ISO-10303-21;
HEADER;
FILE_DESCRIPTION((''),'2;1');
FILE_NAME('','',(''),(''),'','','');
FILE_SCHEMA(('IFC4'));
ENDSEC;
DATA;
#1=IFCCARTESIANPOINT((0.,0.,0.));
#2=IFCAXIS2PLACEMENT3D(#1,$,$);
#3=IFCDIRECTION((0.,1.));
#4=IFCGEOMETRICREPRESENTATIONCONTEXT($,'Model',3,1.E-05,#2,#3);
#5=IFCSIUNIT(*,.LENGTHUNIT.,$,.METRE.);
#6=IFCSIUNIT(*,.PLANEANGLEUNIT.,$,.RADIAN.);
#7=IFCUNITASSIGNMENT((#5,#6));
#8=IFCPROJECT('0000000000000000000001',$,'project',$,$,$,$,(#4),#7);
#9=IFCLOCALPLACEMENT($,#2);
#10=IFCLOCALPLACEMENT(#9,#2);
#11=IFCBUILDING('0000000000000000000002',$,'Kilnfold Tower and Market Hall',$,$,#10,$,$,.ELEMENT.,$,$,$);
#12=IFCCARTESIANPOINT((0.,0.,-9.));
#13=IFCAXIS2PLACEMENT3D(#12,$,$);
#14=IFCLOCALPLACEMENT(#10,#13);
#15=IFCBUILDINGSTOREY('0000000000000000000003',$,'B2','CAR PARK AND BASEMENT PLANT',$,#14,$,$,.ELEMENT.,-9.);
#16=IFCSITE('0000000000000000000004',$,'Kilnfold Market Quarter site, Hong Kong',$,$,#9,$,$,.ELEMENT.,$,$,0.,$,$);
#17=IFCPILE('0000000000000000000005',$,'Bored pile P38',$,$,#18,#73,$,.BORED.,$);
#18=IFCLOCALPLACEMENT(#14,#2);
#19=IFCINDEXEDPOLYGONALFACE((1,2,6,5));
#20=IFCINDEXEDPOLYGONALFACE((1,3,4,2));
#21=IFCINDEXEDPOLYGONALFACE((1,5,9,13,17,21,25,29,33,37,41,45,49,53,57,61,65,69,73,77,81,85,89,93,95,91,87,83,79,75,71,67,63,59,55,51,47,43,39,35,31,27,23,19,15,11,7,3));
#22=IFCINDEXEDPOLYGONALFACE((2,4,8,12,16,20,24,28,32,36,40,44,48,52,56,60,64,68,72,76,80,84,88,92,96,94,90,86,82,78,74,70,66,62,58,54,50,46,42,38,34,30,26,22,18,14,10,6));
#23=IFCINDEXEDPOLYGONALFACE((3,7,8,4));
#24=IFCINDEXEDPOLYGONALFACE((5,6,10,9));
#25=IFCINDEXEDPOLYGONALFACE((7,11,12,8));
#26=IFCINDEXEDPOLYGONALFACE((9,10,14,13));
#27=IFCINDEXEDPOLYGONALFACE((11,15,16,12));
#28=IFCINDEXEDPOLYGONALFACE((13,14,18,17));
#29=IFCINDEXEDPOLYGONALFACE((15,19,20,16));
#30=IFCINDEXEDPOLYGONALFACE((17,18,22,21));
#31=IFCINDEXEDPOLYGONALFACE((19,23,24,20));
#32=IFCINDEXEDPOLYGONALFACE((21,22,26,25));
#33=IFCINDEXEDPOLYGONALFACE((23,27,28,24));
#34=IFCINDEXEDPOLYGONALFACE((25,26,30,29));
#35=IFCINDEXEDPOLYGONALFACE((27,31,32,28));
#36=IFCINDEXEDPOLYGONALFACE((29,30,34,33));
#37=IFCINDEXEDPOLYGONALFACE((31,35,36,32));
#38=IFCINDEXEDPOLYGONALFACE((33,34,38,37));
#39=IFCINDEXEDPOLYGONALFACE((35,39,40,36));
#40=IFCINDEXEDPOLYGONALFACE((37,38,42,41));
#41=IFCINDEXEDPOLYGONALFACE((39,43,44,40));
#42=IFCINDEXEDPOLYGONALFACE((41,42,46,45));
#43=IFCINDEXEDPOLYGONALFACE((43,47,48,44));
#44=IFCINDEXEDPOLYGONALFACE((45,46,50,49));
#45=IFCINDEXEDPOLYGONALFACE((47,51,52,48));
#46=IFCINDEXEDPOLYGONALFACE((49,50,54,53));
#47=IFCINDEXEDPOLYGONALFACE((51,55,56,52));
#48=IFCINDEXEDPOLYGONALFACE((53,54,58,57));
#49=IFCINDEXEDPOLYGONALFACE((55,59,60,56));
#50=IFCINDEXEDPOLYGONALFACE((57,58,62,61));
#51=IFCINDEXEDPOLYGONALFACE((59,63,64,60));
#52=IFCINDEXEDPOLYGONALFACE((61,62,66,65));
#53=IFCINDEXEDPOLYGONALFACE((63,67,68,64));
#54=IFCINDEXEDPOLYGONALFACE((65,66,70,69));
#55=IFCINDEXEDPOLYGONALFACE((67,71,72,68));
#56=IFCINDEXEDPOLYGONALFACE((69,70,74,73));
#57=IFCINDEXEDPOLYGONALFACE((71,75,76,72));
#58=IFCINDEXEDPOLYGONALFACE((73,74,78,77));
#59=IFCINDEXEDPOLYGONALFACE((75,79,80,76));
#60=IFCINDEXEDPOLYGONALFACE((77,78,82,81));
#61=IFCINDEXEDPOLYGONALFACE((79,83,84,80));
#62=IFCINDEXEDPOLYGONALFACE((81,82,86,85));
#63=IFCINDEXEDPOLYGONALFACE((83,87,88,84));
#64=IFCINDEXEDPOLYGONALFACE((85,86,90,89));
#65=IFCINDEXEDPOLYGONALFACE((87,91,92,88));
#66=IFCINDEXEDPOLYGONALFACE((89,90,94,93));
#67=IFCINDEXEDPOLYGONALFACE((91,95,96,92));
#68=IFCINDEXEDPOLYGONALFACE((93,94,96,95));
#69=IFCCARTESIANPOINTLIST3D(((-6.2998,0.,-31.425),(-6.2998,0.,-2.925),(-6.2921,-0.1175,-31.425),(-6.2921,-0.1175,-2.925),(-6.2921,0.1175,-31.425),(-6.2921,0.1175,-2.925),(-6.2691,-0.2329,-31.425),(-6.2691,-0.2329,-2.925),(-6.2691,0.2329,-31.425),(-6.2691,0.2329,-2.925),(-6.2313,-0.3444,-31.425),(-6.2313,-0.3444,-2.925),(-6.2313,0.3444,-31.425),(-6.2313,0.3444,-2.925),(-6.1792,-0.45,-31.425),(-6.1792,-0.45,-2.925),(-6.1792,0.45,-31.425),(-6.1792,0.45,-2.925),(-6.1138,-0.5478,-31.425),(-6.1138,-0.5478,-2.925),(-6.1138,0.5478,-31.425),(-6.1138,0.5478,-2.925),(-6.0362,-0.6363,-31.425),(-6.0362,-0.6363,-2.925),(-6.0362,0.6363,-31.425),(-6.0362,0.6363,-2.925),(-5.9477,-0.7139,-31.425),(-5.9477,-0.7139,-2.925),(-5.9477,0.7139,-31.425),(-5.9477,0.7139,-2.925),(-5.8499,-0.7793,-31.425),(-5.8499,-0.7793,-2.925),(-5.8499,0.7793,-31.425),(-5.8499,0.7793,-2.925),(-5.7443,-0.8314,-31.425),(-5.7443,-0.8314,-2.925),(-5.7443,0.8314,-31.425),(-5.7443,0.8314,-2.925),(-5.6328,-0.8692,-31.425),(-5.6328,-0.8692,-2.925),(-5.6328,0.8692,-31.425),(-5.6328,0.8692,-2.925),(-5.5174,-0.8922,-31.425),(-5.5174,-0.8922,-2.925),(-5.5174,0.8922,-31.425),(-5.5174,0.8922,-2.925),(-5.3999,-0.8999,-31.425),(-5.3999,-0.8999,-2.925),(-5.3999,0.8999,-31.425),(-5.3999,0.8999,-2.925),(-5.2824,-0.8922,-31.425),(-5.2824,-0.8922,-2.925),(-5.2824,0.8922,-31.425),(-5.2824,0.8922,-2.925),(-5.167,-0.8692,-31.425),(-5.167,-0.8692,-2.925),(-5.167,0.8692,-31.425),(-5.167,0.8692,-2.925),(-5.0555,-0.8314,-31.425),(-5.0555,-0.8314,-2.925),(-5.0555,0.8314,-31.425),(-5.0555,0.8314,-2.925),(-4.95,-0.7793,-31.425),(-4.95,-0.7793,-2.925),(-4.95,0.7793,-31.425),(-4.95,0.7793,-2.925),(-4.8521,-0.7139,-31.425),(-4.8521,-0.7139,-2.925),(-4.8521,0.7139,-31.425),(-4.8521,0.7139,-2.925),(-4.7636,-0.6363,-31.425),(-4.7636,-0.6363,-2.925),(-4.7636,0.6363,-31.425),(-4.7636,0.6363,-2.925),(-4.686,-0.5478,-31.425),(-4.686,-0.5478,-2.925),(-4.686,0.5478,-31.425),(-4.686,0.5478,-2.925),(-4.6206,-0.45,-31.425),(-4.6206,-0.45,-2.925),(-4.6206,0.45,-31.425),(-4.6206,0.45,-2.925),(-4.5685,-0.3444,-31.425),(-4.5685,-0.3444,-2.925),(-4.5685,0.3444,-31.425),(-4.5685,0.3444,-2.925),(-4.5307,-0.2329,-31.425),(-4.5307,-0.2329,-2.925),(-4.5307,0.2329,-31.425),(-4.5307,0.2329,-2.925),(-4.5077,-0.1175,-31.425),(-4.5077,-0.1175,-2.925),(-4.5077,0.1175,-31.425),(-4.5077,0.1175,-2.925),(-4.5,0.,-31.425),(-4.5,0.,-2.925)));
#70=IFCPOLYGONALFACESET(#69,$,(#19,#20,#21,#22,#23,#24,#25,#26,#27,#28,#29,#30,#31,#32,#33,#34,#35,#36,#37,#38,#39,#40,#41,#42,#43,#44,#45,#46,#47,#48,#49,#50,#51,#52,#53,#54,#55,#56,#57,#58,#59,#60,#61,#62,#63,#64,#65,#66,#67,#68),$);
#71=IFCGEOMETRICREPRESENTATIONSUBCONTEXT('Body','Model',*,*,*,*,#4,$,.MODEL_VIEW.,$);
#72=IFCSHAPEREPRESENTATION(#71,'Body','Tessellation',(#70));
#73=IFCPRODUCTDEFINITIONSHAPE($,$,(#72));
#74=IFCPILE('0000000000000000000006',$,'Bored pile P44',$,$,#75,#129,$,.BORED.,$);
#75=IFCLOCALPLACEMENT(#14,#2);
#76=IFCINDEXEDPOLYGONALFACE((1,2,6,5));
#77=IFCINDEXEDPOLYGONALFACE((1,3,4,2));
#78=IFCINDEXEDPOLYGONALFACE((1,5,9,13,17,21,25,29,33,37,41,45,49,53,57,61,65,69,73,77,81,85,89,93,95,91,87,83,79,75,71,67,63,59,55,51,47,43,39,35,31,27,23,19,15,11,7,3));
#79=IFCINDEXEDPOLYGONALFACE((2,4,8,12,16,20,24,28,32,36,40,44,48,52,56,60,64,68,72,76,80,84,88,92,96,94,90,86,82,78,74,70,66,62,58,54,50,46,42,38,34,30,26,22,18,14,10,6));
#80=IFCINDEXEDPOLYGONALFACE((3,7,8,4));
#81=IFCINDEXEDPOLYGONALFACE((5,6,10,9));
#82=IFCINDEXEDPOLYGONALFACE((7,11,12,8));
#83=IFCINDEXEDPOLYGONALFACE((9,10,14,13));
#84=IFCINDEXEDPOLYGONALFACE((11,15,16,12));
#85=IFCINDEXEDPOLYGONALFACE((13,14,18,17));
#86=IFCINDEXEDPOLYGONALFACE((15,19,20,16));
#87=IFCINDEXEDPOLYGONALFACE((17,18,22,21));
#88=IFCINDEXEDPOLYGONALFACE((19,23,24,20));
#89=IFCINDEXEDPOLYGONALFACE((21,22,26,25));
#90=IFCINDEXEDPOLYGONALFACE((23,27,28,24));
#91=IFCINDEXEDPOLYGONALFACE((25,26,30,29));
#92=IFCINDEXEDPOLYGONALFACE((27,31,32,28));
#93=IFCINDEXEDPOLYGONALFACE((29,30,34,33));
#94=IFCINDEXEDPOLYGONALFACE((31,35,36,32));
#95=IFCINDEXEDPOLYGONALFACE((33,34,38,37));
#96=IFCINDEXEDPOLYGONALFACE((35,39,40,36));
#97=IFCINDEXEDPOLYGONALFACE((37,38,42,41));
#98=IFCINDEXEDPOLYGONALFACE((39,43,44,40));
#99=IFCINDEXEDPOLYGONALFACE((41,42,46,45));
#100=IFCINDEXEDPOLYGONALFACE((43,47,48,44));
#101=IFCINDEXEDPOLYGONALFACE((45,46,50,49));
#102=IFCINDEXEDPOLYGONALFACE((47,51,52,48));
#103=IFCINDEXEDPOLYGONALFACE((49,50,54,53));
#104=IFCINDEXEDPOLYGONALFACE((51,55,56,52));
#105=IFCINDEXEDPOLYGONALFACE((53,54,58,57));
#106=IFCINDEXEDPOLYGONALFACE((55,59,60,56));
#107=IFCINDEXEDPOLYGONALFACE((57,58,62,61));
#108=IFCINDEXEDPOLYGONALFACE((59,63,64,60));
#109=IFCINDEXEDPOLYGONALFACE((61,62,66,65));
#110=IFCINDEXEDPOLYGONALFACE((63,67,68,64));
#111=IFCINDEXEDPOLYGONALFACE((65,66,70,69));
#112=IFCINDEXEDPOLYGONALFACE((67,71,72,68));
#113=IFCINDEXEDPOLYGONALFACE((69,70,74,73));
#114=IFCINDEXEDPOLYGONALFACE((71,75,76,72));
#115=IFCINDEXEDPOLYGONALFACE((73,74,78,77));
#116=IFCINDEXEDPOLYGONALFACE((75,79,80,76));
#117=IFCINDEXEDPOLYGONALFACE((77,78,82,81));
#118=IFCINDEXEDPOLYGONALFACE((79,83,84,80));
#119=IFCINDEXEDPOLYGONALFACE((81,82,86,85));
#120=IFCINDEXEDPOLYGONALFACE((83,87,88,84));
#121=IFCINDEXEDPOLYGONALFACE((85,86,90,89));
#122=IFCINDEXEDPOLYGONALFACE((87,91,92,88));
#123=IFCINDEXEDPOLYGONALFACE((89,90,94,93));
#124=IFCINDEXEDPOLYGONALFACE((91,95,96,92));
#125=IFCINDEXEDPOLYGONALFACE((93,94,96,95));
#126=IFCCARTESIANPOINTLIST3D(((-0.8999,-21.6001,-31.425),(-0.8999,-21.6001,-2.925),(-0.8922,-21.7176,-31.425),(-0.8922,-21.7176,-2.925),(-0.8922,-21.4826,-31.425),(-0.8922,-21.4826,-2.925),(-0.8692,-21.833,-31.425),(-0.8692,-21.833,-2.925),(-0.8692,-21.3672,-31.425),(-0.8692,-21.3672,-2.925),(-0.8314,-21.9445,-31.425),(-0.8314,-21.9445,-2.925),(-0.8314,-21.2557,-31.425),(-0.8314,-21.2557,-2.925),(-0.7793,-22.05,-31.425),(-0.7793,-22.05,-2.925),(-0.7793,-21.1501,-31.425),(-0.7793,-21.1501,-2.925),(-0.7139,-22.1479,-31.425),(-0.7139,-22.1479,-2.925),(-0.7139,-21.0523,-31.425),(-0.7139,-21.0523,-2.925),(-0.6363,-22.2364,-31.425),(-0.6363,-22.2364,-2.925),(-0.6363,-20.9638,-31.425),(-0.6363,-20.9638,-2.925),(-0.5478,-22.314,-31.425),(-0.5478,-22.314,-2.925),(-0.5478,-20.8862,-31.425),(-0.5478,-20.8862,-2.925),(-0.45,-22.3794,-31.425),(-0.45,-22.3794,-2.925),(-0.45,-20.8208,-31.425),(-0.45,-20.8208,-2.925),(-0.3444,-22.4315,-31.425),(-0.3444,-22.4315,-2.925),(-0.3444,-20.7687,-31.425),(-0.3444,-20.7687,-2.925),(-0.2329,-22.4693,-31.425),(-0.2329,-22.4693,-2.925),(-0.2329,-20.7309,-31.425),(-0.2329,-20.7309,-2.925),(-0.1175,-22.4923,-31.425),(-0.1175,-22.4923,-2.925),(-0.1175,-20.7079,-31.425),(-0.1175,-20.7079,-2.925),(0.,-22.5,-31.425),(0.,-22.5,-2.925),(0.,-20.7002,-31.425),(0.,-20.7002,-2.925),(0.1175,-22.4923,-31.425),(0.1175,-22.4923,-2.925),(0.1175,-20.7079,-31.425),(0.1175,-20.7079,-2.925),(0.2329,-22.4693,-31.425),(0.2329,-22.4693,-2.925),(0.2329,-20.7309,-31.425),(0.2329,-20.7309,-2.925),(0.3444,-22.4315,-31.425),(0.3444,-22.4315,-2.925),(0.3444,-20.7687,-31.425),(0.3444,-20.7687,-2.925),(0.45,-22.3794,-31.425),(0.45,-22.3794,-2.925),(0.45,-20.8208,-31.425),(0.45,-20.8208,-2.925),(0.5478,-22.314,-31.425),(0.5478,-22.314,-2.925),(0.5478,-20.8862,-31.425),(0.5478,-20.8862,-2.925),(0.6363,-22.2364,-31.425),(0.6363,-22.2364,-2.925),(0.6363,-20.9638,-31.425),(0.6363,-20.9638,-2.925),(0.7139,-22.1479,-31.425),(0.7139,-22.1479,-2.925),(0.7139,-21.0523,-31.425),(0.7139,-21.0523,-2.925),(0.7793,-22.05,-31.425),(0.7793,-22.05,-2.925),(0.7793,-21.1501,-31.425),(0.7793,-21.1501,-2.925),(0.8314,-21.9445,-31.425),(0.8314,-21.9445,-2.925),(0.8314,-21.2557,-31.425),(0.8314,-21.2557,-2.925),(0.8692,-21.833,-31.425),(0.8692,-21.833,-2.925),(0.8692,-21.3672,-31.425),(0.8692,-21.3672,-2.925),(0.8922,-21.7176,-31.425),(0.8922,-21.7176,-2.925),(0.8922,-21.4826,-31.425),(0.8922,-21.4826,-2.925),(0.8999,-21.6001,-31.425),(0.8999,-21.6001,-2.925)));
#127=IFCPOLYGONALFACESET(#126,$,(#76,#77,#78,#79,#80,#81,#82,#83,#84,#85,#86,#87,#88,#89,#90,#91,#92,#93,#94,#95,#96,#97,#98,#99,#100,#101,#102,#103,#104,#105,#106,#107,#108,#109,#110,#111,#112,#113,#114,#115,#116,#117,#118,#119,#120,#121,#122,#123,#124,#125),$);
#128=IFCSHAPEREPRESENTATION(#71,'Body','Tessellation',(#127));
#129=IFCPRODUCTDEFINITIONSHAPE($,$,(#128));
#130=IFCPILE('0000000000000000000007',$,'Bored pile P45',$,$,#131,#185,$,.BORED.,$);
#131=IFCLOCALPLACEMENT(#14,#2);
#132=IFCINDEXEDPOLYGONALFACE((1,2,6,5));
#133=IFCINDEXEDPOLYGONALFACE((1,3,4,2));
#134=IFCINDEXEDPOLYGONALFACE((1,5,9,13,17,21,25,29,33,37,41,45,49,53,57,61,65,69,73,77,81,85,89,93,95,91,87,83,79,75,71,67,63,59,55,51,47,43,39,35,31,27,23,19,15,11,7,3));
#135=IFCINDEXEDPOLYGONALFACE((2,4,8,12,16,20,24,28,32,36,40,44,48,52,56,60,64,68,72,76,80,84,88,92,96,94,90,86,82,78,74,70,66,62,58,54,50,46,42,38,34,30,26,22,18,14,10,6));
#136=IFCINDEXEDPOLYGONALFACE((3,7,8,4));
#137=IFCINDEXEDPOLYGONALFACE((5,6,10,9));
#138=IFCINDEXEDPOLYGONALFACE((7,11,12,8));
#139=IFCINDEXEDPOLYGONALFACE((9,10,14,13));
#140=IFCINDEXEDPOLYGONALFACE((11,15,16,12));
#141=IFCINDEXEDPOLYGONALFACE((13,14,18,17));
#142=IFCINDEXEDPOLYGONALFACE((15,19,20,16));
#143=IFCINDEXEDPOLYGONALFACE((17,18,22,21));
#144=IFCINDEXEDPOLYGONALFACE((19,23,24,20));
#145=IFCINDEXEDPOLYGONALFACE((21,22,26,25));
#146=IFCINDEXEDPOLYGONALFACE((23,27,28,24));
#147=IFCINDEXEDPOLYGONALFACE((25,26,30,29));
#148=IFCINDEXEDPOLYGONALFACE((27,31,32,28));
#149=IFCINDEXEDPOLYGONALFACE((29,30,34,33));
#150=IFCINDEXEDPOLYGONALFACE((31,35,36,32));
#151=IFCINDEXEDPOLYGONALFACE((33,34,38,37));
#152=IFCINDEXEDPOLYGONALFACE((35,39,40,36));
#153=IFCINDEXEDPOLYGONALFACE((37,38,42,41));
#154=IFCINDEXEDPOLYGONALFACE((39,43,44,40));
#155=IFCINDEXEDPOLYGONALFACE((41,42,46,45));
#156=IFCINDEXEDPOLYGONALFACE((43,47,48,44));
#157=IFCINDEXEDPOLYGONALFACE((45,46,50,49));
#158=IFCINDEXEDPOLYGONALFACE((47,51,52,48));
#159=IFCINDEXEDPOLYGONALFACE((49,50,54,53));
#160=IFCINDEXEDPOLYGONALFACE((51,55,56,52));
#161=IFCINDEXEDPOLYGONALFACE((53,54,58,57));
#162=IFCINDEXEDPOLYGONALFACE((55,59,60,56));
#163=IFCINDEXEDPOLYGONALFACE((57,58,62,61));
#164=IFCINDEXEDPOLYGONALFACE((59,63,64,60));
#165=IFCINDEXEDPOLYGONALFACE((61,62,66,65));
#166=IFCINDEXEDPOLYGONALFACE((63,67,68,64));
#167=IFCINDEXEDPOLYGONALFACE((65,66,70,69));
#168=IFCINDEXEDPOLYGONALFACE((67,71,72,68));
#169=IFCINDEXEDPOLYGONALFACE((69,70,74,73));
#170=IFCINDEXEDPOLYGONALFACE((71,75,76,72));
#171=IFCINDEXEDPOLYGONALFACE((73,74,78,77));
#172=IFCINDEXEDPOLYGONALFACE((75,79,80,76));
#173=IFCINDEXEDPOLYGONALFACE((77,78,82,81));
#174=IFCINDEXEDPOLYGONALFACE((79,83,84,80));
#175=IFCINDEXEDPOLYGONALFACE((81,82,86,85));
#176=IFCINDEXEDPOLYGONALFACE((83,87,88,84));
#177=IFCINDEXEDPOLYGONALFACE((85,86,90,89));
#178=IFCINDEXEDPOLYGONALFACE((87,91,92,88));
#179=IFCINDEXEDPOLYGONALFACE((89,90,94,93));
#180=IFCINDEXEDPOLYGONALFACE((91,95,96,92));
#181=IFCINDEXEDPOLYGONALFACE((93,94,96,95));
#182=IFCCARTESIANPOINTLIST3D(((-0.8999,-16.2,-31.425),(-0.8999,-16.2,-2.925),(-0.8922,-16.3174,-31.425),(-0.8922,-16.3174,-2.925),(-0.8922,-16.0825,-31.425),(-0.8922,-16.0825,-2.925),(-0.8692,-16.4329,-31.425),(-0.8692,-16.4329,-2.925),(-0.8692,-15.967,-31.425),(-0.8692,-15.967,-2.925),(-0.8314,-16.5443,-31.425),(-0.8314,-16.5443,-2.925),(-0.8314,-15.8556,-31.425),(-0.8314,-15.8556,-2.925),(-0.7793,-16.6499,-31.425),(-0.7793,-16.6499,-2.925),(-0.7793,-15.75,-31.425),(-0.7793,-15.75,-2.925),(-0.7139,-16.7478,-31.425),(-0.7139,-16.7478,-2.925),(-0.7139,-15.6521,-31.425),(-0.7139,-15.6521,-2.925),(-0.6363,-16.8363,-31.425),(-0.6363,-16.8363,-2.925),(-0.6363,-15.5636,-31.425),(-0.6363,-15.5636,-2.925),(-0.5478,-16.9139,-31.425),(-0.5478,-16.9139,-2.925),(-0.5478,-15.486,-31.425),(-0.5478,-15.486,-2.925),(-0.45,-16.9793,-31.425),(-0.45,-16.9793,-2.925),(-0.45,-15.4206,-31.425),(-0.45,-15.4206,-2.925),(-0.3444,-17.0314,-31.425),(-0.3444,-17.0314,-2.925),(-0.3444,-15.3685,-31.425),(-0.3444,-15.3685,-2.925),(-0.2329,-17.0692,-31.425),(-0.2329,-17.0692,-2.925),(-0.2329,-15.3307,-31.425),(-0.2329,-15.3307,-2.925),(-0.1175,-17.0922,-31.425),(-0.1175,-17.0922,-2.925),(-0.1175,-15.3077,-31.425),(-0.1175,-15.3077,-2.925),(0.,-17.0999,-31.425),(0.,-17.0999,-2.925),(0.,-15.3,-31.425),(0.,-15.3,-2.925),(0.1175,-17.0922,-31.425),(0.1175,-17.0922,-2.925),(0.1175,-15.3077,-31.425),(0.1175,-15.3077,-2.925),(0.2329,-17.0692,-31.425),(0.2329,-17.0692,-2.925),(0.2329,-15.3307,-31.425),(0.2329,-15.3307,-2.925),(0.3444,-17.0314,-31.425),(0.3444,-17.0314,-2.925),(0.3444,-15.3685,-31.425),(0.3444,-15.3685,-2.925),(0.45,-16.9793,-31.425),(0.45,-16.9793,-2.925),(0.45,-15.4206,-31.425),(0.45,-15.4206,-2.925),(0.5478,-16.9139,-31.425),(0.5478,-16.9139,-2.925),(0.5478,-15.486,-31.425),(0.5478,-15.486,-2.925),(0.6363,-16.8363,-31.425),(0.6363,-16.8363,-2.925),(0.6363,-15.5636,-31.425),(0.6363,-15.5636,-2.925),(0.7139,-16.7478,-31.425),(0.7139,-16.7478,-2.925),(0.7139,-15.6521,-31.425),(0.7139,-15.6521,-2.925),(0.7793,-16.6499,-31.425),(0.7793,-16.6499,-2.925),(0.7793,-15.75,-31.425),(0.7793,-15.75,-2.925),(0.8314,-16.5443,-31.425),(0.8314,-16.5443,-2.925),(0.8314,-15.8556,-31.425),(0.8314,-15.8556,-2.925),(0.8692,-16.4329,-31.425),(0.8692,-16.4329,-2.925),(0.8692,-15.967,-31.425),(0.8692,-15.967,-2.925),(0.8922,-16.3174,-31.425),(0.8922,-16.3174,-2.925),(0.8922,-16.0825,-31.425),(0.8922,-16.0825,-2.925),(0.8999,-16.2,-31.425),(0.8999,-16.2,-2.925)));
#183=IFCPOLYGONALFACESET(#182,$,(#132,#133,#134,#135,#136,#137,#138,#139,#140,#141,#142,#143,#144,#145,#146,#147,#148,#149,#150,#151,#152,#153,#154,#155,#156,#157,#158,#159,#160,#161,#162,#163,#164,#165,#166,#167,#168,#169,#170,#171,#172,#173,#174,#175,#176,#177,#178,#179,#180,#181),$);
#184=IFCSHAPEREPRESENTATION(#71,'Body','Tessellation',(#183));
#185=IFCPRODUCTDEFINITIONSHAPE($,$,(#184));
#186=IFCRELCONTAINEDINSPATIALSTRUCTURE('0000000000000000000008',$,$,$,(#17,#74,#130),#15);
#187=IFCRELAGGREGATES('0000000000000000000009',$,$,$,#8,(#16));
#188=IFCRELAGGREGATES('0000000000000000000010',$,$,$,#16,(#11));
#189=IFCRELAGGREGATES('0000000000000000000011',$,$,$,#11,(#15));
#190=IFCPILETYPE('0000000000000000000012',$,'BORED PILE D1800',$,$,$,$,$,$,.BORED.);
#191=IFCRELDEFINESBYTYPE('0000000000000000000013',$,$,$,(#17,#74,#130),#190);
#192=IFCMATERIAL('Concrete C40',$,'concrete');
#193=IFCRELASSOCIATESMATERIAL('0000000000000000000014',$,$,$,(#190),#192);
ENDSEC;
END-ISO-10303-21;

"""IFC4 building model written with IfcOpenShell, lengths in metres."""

from ifc_helpers import new_model, si_unit, direction, frame, origin, origin_2d, place, context, subcontext, project, spatial, circle, extrude, source, transform, mapped, material, material_profile, profile_set, type_object, element, save


model = new_model("IFC4")

# Units and contexts
model_context = context("Model", 3, precision=1e-05, world=origin(), true_north=direction((0.0, 1.0)))
body_context = subcontext(model_context, "Body", "Model", "MODEL_VIEW")
ifc_project = project(units=[si_unit("LENGTHUNIT", "METRE"), si_unit("PLANEANGLEUNIT", "RADIAN")], contexts=[model_context])

# Site, building, storey
site_placement = place(None, origin())
site = spatial("IfcSite", under=ifc_project, at=site_placement, Name="Kilnfold Market Quarter site, Hong Kong", CompositionType="ELEMENT", RefElevation=0.0)
building_placement = place(site_placement, origin())
building = spatial("IfcBuilding", under=site, at=building_placement, Name="Kilnfold Tower and Market Hall", CompositionType="ELEMENT")
storey_placement = place(building_placement, frame((0.0, 0.0, -9.0)))
storey = spatial("IfcBuildingStorey", under=building, at=storey_placement, Name="B2", Description="CAR PARK AND BASEMENT PLANT", CompositionType="ELEMENT", Elevation=-9.0)

# Piles
ifc_material_1 = material(Name="Concrete C40", Category="concrete")
ifc_material_profile_1 = material_profile(ifc_material_1, circle(Radius=0.8999, at=origin_2d()), Name="RC D1800")
ifc_profile_set_1 = profile_set([ifc_material_profile_1], Name="Concrete C40")
pile_type = type_object("IfcPileType", Name="BORED PILE D1800", PredefinedType="BORED", material=ifc_profile_set_1)
shared_shape_1 = source(origin(), body_context, "Body", "SweptSolid", [
    extrude(circle(Radius=0.8999, at=origin_2d()), origin(), (0.0, 0.0, 1.0), 28.5),
])
for number, where, z_axis, x_axis, name in (
    (1, (-5.3999, 0.0, -2.925), (0.0, 0.0, -1.0), (1.0, 0.0, 0.0), "Bored pile P38"),
    (2, (0.0, -21.6001, -2.925), (0.0, 0.0, -1.0), (1.0, 0.0, 0.0), "Bored pile P44"),
    (3, (0.0, -16.2, -2.925), (0.0, 0.0, -1.0), (1.0, 0.0, 0.0), "Bored pile P45"),
):
    element("IfcPile", number, at=place(storey_placement, frame(where, z_axis=z_axis, x_axis=x_axis)), inside=storey, type_object=pile_type, Name=name, PredefinedType="BORED", context=body_context, shape_type="MappedRepresentation", body=[
        mapped(shared_shape_1, transform((0.0, 0.0, 0.0))),
    ])

save(model, "model.ifc")
